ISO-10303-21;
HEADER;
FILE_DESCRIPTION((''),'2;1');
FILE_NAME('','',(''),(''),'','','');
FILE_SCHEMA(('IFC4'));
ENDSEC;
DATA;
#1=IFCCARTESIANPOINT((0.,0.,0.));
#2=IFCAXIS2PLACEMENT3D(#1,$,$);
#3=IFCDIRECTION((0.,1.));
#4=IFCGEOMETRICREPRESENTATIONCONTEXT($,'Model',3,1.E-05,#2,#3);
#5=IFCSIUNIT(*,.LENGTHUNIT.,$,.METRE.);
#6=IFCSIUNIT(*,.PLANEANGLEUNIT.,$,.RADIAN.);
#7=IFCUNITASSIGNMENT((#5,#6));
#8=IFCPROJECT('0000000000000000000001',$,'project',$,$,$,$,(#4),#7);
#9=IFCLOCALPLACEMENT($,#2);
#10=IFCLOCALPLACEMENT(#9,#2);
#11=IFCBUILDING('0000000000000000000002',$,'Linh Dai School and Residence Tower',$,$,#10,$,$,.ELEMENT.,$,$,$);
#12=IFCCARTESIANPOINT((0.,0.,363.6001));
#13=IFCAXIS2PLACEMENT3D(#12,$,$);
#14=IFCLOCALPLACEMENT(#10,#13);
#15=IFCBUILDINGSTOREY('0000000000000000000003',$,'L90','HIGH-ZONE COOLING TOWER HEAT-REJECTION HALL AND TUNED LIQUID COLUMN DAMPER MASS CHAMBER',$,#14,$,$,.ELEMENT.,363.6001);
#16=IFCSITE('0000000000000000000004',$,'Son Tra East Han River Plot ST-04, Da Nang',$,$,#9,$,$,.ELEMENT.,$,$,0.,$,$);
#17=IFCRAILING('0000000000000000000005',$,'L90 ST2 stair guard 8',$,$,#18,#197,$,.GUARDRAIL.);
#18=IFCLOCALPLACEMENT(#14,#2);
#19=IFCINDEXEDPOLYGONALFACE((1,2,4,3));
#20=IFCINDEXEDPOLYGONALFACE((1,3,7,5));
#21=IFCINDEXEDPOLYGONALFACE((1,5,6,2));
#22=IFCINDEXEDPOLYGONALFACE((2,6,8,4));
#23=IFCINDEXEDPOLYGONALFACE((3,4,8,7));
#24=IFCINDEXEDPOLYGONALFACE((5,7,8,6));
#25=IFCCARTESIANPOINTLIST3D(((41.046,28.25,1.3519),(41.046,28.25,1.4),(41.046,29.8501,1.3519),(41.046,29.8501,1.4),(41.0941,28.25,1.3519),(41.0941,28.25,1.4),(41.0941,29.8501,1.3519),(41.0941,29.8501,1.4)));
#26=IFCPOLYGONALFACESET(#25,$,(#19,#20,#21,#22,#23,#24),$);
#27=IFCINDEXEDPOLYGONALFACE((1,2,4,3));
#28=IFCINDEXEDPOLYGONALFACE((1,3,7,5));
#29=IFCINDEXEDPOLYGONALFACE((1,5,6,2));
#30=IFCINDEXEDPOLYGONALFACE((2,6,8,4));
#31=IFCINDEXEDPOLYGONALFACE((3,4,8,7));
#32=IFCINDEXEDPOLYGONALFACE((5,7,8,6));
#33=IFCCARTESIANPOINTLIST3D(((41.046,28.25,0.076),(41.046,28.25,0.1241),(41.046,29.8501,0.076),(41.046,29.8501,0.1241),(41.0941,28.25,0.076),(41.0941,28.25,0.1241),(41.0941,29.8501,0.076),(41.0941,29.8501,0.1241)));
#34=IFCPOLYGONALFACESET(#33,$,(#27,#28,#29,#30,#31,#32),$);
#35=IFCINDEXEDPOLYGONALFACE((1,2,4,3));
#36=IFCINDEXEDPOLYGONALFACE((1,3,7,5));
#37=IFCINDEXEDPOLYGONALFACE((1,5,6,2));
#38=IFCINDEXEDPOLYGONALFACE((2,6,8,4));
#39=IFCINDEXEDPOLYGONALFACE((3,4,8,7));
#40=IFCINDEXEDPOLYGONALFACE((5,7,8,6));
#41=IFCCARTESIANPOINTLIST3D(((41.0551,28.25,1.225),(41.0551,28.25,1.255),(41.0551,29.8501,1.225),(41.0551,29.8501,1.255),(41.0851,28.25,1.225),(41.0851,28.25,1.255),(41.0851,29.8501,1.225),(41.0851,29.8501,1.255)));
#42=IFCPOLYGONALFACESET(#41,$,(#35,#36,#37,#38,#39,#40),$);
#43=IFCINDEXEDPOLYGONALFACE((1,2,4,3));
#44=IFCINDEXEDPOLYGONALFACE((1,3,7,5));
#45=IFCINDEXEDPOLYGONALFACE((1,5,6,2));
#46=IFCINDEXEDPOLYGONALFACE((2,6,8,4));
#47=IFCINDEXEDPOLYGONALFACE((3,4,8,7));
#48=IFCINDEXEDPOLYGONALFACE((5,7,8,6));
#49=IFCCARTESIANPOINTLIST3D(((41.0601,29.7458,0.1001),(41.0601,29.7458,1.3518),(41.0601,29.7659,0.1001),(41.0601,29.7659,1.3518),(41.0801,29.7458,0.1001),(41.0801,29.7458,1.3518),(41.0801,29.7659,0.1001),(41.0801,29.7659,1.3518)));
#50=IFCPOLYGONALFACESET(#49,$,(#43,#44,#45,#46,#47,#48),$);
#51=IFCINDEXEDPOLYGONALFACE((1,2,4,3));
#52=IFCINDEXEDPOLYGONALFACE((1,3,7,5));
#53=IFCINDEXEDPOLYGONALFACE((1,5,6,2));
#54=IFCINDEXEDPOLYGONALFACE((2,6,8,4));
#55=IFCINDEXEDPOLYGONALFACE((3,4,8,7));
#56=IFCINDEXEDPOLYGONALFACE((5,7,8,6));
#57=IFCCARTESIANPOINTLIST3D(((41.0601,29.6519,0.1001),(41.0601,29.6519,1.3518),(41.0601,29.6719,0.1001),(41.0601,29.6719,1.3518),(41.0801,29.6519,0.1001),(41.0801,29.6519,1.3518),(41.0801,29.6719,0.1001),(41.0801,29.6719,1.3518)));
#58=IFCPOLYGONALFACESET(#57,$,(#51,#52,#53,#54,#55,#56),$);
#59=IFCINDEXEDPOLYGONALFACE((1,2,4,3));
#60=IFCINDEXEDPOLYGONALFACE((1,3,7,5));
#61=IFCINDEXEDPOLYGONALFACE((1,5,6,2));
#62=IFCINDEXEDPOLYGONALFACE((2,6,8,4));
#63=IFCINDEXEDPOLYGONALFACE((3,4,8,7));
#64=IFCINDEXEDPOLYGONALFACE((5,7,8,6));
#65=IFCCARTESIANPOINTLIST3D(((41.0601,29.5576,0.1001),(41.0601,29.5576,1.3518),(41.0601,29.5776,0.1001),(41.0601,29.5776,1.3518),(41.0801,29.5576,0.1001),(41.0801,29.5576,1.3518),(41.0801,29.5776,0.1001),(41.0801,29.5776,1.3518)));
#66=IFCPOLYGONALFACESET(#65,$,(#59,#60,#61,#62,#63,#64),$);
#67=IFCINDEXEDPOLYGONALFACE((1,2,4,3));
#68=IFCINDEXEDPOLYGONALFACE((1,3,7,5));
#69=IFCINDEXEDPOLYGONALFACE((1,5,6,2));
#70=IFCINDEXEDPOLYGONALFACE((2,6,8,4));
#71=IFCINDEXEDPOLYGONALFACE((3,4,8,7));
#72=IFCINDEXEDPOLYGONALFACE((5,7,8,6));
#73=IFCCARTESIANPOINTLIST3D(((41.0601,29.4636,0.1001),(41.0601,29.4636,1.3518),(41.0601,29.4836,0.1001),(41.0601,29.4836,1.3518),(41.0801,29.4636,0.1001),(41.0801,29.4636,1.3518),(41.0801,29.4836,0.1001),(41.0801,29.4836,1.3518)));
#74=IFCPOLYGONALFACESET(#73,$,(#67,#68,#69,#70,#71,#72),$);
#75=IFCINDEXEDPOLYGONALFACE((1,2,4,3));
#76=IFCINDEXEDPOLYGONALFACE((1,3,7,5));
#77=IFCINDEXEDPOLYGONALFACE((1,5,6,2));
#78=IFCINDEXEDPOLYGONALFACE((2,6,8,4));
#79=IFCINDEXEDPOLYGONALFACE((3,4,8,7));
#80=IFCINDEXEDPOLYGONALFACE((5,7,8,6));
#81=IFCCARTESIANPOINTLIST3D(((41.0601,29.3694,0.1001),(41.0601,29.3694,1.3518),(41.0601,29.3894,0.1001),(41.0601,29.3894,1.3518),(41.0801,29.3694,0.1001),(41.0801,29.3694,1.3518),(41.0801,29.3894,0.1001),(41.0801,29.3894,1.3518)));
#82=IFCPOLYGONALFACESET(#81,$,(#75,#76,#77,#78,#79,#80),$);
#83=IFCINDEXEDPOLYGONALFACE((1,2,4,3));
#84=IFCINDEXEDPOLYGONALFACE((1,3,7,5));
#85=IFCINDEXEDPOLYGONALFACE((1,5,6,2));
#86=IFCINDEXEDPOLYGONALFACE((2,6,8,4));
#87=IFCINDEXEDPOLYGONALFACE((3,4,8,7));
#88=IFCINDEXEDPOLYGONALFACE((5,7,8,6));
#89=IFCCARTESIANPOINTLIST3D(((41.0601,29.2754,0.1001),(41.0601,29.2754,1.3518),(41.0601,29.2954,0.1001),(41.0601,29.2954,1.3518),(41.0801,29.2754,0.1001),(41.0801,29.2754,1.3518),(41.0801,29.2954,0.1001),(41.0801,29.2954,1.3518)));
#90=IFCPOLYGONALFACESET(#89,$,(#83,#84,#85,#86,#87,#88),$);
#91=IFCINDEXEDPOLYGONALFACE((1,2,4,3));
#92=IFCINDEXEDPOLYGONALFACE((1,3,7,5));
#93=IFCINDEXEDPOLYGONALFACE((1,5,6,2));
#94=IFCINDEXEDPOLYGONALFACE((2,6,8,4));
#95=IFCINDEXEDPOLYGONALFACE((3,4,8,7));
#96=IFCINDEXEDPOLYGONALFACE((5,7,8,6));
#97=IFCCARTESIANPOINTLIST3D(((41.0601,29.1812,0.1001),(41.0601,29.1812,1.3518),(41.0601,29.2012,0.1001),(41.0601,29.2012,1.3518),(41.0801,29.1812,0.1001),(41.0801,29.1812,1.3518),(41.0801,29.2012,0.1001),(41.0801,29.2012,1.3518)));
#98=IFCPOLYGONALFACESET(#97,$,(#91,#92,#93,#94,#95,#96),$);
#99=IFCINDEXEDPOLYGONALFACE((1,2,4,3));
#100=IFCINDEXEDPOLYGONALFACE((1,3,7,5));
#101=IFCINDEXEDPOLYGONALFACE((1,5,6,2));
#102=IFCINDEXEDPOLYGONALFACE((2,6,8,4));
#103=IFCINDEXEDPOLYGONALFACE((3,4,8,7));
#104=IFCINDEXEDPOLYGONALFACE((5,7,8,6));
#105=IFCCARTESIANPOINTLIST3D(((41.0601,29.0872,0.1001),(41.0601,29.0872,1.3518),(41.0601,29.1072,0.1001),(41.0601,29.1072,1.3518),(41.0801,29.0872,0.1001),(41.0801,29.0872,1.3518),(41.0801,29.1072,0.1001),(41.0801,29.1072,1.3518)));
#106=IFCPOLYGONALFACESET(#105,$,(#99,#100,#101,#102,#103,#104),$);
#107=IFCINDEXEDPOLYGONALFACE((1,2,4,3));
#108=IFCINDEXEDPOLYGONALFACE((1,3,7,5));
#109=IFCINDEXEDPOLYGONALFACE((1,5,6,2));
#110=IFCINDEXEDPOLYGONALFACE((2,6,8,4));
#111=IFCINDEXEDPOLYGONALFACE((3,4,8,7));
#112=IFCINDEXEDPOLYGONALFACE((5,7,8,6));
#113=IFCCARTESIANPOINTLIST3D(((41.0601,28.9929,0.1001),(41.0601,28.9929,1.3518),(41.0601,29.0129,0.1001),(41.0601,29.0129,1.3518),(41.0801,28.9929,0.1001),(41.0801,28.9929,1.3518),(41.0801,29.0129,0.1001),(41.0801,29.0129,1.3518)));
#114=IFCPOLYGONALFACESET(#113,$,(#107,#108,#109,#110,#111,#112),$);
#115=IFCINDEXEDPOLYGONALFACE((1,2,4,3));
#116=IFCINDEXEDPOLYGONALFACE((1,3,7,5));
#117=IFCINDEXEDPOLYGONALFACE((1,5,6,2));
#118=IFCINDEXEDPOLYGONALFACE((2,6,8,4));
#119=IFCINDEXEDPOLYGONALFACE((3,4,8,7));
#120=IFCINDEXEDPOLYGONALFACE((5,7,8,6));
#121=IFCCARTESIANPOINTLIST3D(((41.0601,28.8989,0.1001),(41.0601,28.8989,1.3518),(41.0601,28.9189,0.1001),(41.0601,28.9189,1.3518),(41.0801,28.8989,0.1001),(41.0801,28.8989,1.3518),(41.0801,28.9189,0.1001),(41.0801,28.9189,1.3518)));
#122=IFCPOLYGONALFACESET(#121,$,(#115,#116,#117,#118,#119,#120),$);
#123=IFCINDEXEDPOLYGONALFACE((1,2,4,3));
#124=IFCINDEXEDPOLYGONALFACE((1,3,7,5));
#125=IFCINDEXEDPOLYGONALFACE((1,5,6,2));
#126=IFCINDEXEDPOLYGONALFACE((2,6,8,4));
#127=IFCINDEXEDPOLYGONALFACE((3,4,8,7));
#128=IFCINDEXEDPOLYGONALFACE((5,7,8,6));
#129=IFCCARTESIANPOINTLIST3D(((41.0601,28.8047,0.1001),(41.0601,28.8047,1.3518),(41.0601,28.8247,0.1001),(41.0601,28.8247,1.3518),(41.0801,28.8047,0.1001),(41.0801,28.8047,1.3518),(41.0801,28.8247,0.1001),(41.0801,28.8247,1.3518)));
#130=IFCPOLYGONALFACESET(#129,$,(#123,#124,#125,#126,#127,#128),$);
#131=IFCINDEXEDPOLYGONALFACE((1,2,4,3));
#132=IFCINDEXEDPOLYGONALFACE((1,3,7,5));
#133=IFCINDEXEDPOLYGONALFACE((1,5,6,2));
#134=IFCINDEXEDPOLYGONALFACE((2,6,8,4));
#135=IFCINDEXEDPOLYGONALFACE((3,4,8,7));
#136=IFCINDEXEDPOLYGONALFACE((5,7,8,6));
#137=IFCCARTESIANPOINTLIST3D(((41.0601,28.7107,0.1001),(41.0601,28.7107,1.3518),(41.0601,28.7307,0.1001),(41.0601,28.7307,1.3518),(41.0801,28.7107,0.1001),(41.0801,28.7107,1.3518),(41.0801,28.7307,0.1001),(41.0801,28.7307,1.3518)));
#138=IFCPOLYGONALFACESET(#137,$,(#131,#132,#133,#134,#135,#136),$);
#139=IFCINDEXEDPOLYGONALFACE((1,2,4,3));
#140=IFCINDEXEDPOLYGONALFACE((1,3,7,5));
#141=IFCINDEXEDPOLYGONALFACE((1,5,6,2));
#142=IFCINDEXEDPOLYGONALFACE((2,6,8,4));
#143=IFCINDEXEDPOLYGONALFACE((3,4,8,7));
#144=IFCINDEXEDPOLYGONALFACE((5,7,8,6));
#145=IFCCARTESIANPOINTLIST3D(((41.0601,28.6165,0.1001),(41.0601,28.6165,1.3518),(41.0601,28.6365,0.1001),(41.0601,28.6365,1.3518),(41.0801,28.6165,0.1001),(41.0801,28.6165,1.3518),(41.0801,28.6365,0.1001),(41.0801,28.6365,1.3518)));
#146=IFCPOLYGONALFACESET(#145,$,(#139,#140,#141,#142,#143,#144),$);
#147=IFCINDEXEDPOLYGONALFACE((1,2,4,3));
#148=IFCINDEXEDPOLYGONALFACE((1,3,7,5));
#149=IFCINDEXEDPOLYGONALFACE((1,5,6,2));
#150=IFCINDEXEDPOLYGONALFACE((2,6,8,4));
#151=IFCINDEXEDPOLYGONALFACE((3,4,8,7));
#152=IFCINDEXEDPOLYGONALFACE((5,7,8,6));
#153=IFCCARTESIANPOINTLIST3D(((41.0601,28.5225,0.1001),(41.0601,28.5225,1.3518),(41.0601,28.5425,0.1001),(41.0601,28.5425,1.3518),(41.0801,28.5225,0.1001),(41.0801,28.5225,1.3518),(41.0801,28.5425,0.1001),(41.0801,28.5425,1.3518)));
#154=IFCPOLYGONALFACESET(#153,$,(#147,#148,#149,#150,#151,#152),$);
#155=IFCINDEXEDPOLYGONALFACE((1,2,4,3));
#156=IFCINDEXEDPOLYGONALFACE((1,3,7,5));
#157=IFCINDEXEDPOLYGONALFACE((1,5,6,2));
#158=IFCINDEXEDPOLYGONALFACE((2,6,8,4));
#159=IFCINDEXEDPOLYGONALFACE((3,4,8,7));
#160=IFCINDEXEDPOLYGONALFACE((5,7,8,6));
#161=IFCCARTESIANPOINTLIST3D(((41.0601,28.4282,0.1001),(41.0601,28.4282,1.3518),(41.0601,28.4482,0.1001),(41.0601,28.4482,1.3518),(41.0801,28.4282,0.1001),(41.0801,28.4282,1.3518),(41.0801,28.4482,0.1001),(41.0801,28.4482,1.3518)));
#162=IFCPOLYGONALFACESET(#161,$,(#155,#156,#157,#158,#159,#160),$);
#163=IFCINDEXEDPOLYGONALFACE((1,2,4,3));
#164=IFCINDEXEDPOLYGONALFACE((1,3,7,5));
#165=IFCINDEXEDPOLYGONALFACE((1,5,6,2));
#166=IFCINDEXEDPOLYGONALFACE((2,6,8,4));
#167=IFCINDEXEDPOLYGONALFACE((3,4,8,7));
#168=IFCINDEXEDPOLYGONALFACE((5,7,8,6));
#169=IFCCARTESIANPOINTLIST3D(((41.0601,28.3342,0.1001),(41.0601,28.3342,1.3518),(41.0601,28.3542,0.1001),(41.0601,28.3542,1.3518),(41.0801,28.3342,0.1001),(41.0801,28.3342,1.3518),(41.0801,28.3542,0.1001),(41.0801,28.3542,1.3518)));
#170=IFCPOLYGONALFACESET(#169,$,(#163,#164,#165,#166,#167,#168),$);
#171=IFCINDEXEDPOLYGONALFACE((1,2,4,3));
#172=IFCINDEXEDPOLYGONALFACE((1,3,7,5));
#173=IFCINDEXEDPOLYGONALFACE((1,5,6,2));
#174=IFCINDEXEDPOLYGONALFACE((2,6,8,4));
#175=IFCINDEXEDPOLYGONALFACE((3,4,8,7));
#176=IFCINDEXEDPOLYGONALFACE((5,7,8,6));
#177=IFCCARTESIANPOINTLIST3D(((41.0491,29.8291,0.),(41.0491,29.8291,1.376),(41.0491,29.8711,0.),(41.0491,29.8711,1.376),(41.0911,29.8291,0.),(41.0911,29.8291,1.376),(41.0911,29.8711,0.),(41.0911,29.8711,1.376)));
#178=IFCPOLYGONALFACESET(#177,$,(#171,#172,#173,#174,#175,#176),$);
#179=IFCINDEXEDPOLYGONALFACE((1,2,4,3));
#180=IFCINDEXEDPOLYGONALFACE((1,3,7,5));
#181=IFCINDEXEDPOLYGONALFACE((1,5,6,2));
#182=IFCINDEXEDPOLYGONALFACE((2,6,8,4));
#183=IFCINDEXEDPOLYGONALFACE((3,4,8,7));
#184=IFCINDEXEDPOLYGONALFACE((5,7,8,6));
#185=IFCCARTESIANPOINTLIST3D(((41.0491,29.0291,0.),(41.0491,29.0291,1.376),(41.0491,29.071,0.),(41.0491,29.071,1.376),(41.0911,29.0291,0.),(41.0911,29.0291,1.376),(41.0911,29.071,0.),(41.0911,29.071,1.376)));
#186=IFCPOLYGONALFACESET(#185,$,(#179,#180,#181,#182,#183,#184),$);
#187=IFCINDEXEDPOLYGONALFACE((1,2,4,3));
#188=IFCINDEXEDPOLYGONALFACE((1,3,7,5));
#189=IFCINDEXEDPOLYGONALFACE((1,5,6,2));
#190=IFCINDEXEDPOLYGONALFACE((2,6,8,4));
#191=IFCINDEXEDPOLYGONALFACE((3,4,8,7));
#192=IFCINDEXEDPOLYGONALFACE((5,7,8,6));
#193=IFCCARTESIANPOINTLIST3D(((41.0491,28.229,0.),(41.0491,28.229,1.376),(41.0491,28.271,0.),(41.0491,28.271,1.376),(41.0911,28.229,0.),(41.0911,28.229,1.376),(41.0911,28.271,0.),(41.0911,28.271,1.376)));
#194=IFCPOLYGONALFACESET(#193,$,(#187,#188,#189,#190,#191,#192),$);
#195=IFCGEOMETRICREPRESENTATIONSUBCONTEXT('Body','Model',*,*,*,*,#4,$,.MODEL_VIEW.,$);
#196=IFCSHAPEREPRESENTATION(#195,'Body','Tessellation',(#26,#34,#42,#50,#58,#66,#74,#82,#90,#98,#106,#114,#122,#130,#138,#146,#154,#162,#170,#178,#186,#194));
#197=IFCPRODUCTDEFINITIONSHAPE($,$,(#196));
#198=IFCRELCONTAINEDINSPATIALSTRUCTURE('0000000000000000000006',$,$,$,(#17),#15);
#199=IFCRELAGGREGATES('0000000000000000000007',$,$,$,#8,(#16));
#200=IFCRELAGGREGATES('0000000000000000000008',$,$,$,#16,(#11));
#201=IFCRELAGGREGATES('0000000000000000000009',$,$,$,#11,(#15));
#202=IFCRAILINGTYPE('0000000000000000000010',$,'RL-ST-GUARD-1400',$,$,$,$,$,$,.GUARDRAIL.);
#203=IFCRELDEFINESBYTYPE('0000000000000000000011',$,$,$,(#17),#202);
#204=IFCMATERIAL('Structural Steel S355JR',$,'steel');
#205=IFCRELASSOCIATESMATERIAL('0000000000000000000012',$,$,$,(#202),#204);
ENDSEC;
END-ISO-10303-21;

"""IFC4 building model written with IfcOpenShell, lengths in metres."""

from ifc_helpers import new_model, si_unit, direction, frame, origin, origin_2d, place, context, subcontext, project, spatial, rectangle, extrude, source, transform, mapped, material, type_object, element, save


model = new_model("IFC4")

# Units and contexts
model_context = context("Model", 3, precision=1e-05, world=origin(), true_north=direction((0.0, 1.0)))
body_context = subcontext(model_context, "Body", "Model", "MODEL_VIEW")
ifc_project = project(units=[si_unit("LENGTHUNIT", "METRE"), si_unit("PLANEANGLEUNIT", "RADIAN")], contexts=[model_context])

# Site, building, storey
site_placement = place(None, origin())
site = spatial("IfcSite", under=ifc_project, at=site_placement, Name="Son Tra East Han River Plot ST-04, Da Nang", CompositionType="ELEMENT", RefElevation=0.0)
building_placement = place(site_placement, origin())
building = spatial("IfcBuilding", under=site, at=building_placement, Name="Linh Dai School and Residence Tower", CompositionType="ELEMENT")
storey_placement = place(building_placement, frame((0.0, 0.0, 363.6001)))
storey = spatial("IfcBuildingStorey", under=building, at=storey_placement, Name="L90", Description="HIGH-ZONE COOLING TOWER HEAT-REJECTION HALL AND TUNED LIQUID COLUMN DAMPER MASS CHAMBER", CompositionType="ELEMENT", Elevation=363.6001)

# Shared definitions
ifc_material_1 = material(Name="Structural Steel S355JR", Category="steel")

# Railing
railing_type_1 = type_object("IfcRailingType", Name="RL-ST-GUARD-1400", PredefinedType="GUARDRAIL", material=ifc_material_1)
shared_shape_1 = source(origin(), body_context, "Body", "SweptSolid", [
    extrude(rectangle(XDim=0.0481, YDim=0.0481, at=origin_2d()), frame((0.0, 0.0, 1.376), z_axis=(0.0, -1.0, 0.0), x_axis=(1.0, 0.0, 0.0)), (0.0, 0.0, 1.0), 1.6001),
    extrude(rectangle(XDim=0.0481, YDim=0.0481, at=origin_2d()), frame((0.0, 0.0, 0.1001), z_axis=(0.0, -1.0, 0.0), x_axis=(1.0, 0.0, 0.0)), (0.0, 0.0, 1.0), 1.6001),
    extrude(rectangle(XDim=0.03, YDim=0.03, at=origin_2d()), frame((0.0, 0.0, 1.24), z_axis=(0.0, -1.0, 0.0), x_axis=(1.0, 0.0, 0.0)), (0.0, 0.0, 1.0), 1.6001),
    extrude(rectangle(XDim=0.02, YDim=0.02, at=origin_2d()), frame((0.0, -0.0942, 0.1001)), (0.0, 0.0, 1.0), 1.2517),
    extrude(rectangle(XDim=0.02, YDim=0.02, at=origin_2d()), frame((0.0, -0.1882, 0.1001)), (0.0, 0.0, 1.0), 1.2517),
    extrude(rectangle(XDim=0.02, YDim=0.02, at=origin_2d()), frame((0.0, -0.2825, 0.1001)), (0.0, 0.0, 1.0), 1.2517),
    extrude(rectangle(XDim=0.02, YDim=0.02, at=origin_2d()), frame((0.0, -0.3765, 0.1001)), (0.0, 0.0, 1.0), 1.2517),
    extrude(rectangle(XDim=0.02, YDim=0.02, at=origin_2d()), frame((0.0, -0.4707, 0.1001)), (0.0, 0.0, 1.0), 1.2517),
    extrude(rectangle(XDim=0.02, YDim=0.02, at=origin_2d()), frame((0.0, -0.5647, 0.1001)), (0.0, 0.0, 1.0), 1.2517),
    extrude(rectangle(XDim=0.02, YDim=0.02, at=origin_2d()), frame((0.0, -0.6589, 0.1001)), (0.0, 0.0, 1.0), 1.2517),
    extrude(rectangle(XDim=0.02, YDim=0.02, at=origin_2d()), frame((0.0, -0.7529, 0.1001)), (0.0, 0.0, 1.0), 1.2517),
    extrude(rectangle(XDim=0.02, YDim=0.02, at=origin_2d()), frame((0.0, -0.8472, 0.1001)), (0.0, 0.0, 1.0), 1.2517),
    extrude(rectangle(XDim=0.02, YDim=0.02, at=origin_2d()), frame((0.0, -0.9412, 0.1001)), (0.0, 0.0, 1.0), 1.2517),
    extrude(rectangle(XDim=0.02, YDim=0.02, at=origin_2d()), frame((0.0, -1.0354, 0.1001)), (0.0, 0.0, 1.0), 1.2517),
    extrude(rectangle(XDim=0.02, YDim=0.02, at=origin_2d()), frame((0.0, -1.1294, 0.1001)), (0.0, 0.0, 1.0), 1.2517),
    extrude(rectangle(XDim=0.02, YDim=0.02, at=origin_2d()), frame((0.0, -1.2236, 0.1001)), (0.0, 0.0, 1.0), 1.2517),
    extrude(rectangle(XDim=0.02, YDim=0.02, at=origin_2d()), frame((0.0, -1.3176, 0.1001)), (0.0, 0.0, 1.0), 1.2517),
    extrude(rectangle(XDim=0.02, YDim=0.02, at=origin_2d()), frame((0.0, -1.4119, 0.1001)), (0.0, 0.0, 1.0), 1.2517),
    extrude(rectangle(XDim=0.02, YDim=0.02, at=origin_2d()), frame((0.0, -1.5059, 0.1001)), (0.0, 0.0, 1.0), 1.2517),
    extrude(rectangle(XDim=0.042, YDim=0.042, at=origin_2d()), origin(), (0.0, 0.0, 1.0), 1.376),
    extrude(rectangle(XDim=0.042, YDim=0.042, at=origin_2d()), frame((0.0, -0.8, 0.0)), (0.0, 0.0, 1.0), 1.376),
    extrude(rectangle(XDim=0.042, YDim=0.042, at=origin_2d()), frame((0.0, -1.6001, 0.0)), (0.0, 0.0, 1.0), 1.376),
])
for number, where, name in (
    (1, (41.0701, 29.8501, 0.0), "L90 ST2 stair guard 8"),
):
    element("IfcRailing", number, at=place(storey_placement, frame(where)), inside=storey, type_object=railing_type_1, Name=name, PredefinedType="GUARDRAIL", context=body_context, shape_type="MappedRepresentation", body=[
        mapped(shared_shape_1, transform((0.0, 0.0, 0.0), x_axis=(1.0, 0.0, 0.0), y_axis=(0.0, 1.0, 0.0), z_axis=(0.0, 0.0, 1.0), scale=1.0)),
    ])

save(model, "model.ifc")
